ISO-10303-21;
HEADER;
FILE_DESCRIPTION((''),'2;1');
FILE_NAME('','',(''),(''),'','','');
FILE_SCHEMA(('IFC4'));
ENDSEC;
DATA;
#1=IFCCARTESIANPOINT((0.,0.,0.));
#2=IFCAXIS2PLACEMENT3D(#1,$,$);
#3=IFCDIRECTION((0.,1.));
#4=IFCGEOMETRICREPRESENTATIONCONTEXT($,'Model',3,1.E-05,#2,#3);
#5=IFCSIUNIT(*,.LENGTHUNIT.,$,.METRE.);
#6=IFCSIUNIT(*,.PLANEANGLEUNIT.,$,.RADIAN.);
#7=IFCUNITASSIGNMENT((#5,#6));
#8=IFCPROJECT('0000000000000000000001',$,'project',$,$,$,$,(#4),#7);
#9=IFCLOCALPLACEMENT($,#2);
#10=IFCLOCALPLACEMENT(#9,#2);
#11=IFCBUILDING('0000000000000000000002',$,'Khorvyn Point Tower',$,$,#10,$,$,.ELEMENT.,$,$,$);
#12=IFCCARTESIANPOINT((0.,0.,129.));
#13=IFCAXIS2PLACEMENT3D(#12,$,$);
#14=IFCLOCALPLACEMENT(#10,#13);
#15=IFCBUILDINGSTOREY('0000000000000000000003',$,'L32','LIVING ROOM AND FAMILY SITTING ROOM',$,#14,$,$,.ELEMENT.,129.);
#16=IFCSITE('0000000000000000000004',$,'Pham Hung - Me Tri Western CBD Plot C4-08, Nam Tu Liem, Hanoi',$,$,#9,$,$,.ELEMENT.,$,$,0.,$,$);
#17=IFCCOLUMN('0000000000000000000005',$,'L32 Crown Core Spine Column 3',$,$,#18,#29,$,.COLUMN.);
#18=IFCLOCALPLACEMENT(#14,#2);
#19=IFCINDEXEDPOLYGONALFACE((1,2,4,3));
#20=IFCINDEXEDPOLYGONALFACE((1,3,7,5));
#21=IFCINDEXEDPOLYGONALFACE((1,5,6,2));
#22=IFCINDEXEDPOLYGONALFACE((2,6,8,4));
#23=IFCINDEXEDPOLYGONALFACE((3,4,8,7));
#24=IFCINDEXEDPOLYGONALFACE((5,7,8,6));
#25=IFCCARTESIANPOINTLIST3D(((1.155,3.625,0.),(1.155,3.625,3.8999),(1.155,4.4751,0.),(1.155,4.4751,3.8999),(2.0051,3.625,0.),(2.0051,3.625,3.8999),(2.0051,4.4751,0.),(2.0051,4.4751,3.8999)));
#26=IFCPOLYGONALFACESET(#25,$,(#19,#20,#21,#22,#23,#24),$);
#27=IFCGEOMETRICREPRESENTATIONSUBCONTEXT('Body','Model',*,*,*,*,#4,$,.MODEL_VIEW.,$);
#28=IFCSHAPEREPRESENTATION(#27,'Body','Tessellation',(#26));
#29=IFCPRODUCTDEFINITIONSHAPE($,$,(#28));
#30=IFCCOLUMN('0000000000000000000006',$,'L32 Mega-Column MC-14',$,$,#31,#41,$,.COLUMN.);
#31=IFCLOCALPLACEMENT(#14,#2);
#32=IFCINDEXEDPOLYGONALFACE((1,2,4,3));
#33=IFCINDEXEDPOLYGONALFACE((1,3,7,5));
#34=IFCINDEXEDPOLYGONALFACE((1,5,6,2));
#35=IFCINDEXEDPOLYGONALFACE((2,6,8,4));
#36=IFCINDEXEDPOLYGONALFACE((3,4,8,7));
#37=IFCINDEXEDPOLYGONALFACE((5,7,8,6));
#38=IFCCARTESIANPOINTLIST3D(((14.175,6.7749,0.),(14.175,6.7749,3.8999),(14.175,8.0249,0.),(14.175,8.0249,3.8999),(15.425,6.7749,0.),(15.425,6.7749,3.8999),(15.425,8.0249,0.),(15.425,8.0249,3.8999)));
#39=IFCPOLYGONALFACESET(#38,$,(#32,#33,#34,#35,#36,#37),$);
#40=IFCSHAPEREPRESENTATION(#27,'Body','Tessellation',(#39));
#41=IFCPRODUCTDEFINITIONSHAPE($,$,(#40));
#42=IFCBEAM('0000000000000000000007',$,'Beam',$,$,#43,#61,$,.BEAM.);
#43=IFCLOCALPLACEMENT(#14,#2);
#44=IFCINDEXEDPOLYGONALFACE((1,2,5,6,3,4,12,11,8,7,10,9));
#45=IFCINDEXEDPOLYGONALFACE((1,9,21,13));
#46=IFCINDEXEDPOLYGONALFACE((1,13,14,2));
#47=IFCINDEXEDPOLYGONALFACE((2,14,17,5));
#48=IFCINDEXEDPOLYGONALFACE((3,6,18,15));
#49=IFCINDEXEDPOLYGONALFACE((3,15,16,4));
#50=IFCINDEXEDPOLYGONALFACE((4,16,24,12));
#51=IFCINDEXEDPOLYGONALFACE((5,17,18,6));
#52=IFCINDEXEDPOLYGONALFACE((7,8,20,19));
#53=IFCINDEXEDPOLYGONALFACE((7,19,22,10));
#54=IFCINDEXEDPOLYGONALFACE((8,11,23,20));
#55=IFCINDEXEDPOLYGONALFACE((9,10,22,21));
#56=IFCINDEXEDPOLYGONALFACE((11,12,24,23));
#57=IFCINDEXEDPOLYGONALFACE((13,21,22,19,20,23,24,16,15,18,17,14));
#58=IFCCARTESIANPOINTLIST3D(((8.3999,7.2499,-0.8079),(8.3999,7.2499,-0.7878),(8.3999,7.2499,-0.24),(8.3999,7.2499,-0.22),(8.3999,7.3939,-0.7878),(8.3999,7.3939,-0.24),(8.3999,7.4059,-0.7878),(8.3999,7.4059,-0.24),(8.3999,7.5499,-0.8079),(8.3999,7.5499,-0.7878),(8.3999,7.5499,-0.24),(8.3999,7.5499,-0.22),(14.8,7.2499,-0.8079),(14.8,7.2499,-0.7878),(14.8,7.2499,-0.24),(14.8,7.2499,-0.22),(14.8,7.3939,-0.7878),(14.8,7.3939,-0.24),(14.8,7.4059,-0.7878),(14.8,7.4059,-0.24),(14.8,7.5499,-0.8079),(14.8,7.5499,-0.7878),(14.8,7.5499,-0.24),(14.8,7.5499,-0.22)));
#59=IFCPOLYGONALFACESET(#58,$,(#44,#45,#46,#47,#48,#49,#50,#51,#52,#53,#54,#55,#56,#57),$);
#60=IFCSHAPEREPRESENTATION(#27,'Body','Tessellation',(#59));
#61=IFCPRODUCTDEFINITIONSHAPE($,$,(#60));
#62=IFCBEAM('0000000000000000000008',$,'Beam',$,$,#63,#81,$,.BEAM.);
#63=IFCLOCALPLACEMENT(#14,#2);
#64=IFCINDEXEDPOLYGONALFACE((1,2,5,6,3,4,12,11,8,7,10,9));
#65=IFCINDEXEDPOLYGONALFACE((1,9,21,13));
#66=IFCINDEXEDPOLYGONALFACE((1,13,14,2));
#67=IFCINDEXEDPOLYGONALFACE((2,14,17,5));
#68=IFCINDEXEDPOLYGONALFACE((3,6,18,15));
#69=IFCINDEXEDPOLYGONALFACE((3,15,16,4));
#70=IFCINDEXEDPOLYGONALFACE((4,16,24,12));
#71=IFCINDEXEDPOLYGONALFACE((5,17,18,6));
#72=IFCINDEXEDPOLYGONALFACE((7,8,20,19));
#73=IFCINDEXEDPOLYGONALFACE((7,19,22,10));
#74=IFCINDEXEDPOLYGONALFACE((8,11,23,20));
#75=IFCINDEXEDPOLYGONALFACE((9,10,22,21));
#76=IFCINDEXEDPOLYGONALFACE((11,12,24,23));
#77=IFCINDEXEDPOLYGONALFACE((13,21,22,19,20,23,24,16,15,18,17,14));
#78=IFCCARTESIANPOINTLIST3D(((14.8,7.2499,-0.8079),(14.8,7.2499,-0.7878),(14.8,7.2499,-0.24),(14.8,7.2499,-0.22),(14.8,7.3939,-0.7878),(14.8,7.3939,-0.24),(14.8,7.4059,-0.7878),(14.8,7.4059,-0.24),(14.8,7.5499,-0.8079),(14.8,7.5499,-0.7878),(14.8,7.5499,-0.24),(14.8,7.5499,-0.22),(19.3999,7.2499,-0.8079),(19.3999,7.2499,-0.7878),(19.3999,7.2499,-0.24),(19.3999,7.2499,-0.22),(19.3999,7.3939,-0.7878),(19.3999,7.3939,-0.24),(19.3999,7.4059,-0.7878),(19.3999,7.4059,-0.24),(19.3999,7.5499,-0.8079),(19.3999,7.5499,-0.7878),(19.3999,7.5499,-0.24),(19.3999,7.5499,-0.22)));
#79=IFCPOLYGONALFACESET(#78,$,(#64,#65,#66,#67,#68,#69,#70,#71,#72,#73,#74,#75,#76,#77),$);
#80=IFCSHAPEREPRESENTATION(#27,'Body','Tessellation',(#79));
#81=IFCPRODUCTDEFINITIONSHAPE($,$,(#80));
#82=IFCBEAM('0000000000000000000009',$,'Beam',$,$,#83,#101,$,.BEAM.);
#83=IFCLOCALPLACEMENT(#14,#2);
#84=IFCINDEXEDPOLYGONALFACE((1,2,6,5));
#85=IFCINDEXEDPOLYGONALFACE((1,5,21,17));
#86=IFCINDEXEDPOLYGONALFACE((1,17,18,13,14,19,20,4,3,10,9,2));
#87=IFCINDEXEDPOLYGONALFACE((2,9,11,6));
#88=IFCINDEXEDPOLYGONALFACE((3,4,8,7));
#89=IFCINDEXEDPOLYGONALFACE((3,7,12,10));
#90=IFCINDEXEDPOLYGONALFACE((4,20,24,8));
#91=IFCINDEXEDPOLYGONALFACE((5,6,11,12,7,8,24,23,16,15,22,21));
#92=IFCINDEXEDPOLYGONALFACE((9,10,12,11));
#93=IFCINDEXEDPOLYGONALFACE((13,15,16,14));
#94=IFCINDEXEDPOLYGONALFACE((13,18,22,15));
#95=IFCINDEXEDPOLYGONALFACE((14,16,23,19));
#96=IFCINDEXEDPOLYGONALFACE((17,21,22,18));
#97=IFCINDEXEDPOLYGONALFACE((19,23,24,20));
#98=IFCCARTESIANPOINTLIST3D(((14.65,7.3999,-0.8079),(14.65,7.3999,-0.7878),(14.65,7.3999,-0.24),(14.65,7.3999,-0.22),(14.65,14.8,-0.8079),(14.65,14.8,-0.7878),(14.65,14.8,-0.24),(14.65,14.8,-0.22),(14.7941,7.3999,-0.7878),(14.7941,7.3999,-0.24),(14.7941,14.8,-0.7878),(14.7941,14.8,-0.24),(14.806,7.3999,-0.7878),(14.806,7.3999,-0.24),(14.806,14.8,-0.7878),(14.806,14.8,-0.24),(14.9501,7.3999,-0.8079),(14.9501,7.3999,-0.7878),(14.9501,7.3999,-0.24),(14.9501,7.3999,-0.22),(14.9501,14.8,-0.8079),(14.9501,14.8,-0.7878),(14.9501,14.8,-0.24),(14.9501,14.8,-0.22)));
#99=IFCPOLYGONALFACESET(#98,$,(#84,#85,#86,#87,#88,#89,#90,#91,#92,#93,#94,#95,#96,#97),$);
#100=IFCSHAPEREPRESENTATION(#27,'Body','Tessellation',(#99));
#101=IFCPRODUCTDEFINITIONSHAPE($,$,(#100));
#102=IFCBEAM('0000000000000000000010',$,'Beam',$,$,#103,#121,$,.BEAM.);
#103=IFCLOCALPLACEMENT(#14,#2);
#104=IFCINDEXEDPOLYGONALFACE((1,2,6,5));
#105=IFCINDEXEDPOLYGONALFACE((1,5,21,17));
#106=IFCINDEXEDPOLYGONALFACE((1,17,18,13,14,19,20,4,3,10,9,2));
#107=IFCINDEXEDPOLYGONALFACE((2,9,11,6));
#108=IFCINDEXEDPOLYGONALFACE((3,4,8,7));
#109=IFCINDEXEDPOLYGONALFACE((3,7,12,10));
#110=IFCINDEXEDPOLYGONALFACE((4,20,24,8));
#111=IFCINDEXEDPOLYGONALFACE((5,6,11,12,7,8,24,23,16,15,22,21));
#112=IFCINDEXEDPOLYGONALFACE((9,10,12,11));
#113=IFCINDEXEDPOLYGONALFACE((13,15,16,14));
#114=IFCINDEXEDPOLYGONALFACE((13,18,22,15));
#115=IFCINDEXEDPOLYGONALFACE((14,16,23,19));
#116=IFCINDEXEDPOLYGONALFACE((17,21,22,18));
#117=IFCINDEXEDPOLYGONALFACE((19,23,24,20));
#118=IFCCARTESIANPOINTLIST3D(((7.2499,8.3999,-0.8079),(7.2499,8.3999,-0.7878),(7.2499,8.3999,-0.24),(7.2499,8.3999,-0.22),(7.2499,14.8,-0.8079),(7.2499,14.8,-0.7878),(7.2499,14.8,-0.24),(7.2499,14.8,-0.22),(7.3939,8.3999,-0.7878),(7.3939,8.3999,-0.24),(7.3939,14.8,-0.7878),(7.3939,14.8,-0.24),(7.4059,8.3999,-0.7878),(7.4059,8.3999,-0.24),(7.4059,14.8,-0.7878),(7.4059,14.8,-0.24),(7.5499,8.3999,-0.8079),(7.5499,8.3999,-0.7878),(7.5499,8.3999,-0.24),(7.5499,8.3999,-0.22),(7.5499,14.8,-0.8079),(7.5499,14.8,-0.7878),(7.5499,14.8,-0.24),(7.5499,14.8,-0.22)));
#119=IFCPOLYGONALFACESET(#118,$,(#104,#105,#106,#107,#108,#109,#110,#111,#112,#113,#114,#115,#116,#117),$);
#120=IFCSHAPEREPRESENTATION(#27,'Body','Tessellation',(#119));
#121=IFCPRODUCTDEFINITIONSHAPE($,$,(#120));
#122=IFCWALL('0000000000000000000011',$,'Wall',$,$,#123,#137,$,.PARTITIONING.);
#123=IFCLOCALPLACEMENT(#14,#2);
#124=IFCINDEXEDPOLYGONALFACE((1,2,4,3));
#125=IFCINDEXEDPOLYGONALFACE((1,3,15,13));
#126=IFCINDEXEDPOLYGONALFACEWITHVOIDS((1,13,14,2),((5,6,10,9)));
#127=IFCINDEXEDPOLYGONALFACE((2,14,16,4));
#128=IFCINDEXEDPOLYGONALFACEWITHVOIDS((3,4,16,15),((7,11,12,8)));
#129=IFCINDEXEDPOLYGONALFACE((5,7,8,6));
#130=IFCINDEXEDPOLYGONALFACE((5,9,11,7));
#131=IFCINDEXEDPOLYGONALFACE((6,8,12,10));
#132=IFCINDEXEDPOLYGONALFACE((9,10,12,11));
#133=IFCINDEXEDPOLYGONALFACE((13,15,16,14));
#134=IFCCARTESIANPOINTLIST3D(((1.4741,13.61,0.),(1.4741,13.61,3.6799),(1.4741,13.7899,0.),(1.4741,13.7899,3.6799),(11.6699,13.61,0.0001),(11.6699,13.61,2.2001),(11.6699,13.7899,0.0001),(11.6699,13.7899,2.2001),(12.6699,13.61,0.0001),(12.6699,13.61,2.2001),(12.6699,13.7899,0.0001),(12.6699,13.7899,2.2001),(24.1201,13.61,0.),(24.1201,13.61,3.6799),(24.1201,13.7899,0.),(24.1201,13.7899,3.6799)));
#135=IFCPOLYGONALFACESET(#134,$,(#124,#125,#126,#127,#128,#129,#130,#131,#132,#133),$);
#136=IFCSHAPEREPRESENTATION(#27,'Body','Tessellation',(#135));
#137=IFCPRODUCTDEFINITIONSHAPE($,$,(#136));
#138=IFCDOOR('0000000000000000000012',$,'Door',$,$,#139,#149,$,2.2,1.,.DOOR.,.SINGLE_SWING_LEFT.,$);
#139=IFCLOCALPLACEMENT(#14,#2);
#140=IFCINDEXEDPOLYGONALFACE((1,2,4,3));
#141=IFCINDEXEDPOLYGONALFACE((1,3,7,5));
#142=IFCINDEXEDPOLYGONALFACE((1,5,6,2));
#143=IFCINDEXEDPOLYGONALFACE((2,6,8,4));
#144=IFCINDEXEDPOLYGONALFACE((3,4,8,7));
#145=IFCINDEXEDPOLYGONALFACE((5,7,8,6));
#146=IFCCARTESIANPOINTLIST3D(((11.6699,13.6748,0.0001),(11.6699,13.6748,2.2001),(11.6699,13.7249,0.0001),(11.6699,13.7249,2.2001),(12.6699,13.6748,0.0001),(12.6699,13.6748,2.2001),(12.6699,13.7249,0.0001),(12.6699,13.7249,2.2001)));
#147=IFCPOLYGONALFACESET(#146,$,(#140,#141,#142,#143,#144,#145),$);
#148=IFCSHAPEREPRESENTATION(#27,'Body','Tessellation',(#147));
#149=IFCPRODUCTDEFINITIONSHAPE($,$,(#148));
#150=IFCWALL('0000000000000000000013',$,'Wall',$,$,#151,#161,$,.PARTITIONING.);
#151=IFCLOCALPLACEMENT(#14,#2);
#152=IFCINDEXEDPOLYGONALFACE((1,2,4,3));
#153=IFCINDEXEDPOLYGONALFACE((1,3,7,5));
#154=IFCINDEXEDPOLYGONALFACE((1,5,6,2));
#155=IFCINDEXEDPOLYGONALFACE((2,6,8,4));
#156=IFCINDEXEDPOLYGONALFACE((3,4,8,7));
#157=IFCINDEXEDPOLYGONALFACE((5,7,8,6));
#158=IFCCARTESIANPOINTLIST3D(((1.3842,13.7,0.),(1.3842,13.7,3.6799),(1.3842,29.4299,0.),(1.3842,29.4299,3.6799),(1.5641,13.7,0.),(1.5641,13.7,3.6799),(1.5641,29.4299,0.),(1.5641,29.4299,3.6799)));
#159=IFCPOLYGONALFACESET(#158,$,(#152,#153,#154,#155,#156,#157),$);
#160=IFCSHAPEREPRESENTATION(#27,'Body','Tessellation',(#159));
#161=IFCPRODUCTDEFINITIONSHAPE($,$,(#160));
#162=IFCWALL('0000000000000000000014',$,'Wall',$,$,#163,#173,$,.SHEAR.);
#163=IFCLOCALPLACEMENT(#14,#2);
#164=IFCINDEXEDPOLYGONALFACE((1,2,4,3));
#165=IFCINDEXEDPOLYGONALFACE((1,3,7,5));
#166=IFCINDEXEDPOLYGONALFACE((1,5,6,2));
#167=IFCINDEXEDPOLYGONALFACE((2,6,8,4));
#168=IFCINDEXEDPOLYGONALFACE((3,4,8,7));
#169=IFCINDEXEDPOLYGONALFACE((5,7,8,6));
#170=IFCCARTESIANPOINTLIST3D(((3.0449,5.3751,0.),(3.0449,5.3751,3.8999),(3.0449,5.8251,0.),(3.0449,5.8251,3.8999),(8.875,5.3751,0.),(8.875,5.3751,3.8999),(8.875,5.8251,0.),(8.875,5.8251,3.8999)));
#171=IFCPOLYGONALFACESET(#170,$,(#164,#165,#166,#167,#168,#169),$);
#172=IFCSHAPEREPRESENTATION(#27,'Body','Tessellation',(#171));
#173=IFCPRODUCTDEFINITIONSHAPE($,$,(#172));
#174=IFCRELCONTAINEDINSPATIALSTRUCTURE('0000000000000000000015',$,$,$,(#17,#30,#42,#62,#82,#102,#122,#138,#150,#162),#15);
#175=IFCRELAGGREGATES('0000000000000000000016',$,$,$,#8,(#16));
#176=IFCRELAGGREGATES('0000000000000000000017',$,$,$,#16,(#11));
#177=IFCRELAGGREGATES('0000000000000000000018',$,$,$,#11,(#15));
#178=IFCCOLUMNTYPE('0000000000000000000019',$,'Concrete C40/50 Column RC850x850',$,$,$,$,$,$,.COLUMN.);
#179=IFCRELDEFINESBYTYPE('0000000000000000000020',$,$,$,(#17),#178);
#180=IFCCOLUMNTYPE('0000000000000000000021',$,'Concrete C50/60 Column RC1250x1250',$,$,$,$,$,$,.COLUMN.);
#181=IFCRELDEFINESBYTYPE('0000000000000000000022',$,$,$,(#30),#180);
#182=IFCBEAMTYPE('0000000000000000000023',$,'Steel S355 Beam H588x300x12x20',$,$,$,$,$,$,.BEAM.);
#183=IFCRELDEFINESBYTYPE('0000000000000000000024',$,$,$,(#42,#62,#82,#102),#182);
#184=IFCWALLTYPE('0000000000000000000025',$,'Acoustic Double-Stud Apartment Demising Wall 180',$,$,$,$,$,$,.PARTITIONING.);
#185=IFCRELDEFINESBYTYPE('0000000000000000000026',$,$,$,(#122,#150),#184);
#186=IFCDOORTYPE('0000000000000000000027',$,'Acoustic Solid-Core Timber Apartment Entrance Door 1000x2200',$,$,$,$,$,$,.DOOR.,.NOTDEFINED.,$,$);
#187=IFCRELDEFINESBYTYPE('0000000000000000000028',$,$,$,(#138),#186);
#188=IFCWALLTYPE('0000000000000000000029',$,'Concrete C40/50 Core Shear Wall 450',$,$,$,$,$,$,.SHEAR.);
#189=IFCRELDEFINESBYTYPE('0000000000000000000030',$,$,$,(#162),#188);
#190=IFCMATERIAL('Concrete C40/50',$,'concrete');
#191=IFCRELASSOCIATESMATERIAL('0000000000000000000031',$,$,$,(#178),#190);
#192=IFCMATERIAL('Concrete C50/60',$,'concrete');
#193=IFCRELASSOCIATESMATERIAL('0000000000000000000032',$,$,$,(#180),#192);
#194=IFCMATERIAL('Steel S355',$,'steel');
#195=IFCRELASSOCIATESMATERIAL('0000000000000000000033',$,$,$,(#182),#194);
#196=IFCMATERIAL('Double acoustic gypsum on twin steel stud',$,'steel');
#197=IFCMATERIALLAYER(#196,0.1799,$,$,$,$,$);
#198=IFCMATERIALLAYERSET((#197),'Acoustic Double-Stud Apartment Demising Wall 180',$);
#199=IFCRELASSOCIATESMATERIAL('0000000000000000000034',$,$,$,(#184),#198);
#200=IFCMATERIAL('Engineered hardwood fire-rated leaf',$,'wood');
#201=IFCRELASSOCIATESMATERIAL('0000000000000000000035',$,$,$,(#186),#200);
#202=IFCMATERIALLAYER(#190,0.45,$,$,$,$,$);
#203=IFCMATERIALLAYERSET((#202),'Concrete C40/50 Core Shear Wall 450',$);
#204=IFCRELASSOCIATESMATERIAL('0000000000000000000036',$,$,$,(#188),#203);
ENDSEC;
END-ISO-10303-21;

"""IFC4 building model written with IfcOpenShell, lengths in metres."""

from ifc_helpers import new_model, si_unit, direction, frame, frame_2d, origin, origin_2d, place, context, subcontext, project, spatial, rectangle, i_section, extrude, material, layer, layer_set, material_profile, profile_set, type_object, element, fill, save


model = new_model("IFC4")

# Units and contexts
model_context = context("Model", 3, precision=1e-05, world=origin(), true_north=direction((0.0, 1.0)))
body_context = subcontext(model_context, "Body", "Model", "MODEL_VIEW")
ifc_project = project(units=[si_unit("LENGTHUNIT", "METRE"), si_unit("PLANEANGLEUNIT", "RADIAN")], contexts=[model_context])

# Site, building, storey
site_placement = place(None, origin())
site = spatial("IfcSite", under=ifc_project, at=site_placement, Name="Pham Hung - Me Tri Western CBD Plot C4-08, Nam Tu Liem, Hanoi", CompositionType="ELEMENT", RefElevation=0.0)
building_placement = place(site_placement, origin())
building = spatial("IfcBuilding", under=site, at=building_placement, Name="Khorvyn Point Tower", CompositionType="ELEMENT")
storey_placement = place(building_placement, frame((0.0, 0.0, 129.0)))
storey = spatial("IfcBuildingStorey", under=building, at=storey_placement, Name="L32", Description="LIVING ROOM AND FAMILY SITTING ROOM", CompositionType="ELEMENT", Elevation=129.0)

# Columns
ifc_material_1 = material(Name="Concrete C40/50", Category="concrete")
ifc_material_profile_1 = material_profile(ifc_material_1, rectangle(XDim=0.8501, YDim=0.8501, at=origin_2d()))
ifc_profile_set_1 = profile_set([ifc_material_profile_1], Name="Concrete C40/50 RC850x850")
column_type_1 = type_object("IfcColumnType", Name="Concrete C40/50 Column RC850x850", PredefinedType="COLUMN", material=ifc_profile_set_1)
column_1_placement = place(storey_placement, frame((1.5801, 4.05, 0.0), z_axis=(0.0, 0.0, 1.0), x_axis=(1.0, 0.0, 0.0)))
element("IfcColumn", 1, at=column_1_placement, inside=storey, type_object=column_type_1, Name="L32 Crown Core Spine Column 3", PredefinedType="COLUMN", context=body_context, shape_type="SweptSolid", body=[
    extrude(rectangle(XDim=0.8501, YDim=0.8501, at=origin_2d()), origin(), (0.0, 0.0, 1.0), 3.8999),
])
ifc_material_2 = material(Name="Concrete C50/60", Category="concrete")
ifc_material_profile_2 = material_profile(ifc_material_2, rectangle(XDim=1.25, YDim=1.25, at=origin_2d()))
ifc_profile_set_2 = profile_set([ifc_material_profile_2], Name="Concrete C50/60 RC1250x1250")
column_type_2 = type_object("IfcColumnType", Name="Concrete C50/60 Column RC1250x1250", PredefinedType="COLUMN", material=ifc_profile_set_2)
column_2_placement = place(storey_placement, frame((14.8, 7.3999, 0.0), z_axis=(0.0, 0.0, 1.0), x_axis=(1.0, 0.0, 0.0)))
element("IfcColumn", 2, at=column_2_placement, inside=storey, type_object=column_type_2, Name="L32 Mega-Column MC-14", PredefinedType="COLUMN", context=body_context, shape_type="SweptSolid", body=[
    extrude(rectangle(XDim=1.25, YDim=1.25, at=origin_2d()), origin(), (0.0, 0.0, 1.0), 3.8999),
])

# Beams
ifc_material_3 = material(Name="Steel S355", Category="steel")
ifc_material_profile_3 = material_profile(ifc_material_3, i_section(OverallWidth=0.3, OverallDepth=0.5879, WebThickness=0.012, FlangeThickness=0.02, at=origin_2d()))
ifc_profile_set_3 = profile_set([ifc_material_profile_3], Name="Steel S355 H588x300x12x20")
beam_type = type_object("IfcBeamType", Name="Steel S355 Beam H588x300x12x20", PredefinedType="BEAM", material=ifc_profile_set_3)
beam_1_placement = place(storey_placement, frame((8.3999, 7.3999, -0.5139), z_axis=(1.0, 0.0, 0.0), x_axis=(0.0, 1.0, 0.0)))
element("IfcBeam", 3, at=beam_1_placement, inside=storey, type_object=beam_type, Name="Beam", PredefinedType="BEAM", context=body_context, shape_type="SweptSolid", body=[
    extrude(i_section(OverallWidth=0.3, OverallDepth=0.5879, WebThickness=0.012, FlangeThickness=0.02, at=origin_2d()), origin(), (0.0, 0.0, 1.0), 6.4001),
])
beam_2_placement = place(storey_placement, frame((14.8, 7.3999, -0.5139), z_axis=(1.0, 0.0, 0.0), x_axis=(0.0, 1.0, 0.0)))
element("IfcBeam", 4, at=beam_2_placement, inside=storey, type_object=beam_type, Name="Beam", PredefinedType="BEAM", context=body_context, shape_type="SweptSolid", body=[
    extrude(i_section(OverallWidth=0.3, OverallDepth=0.5879, WebThickness=0.012, FlangeThickness=0.02, at=origin_2d()), origin(), (0.0, 0.0, 1.0), 4.5999),
])
beam_3_placement = place(storey_placement, frame((14.8, 7.3999, -0.5139), z_axis=(0.0, 1.0, 0.0), x_axis=(-1.0, 0.0, 0.0)))
element("IfcBeam", 5, at=beam_3_placement, inside=storey, type_object=beam_type, Name="Beam", PredefinedType="BEAM", context=body_context, shape_type="SweptSolid", body=[
    extrude(i_section(OverallWidth=0.3, OverallDepth=0.5879, WebThickness=0.012, FlangeThickness=0.02, at=origin_2d()), origin(), (0.0, 0.0, 1.0), 7.4001),
])
beam_4_placement = place(storey_placement, frame((7.3999, 8.3999, -0.5139), z_axis=(0.0, 1.0, 0.0), x_axis=(-1.0, 0.0, 0.0)))
element("IfcBeam", 6, at=beam_4_placement, inside=storey, type_object=beam_type, Name="Beam", PredefinedType="BEAM", context=body_context, shape_type="SweptSolid", body=[
    extrude(i_section(OverallWidth=0.3, OverallDepth=0.5879, WebThickness=0.012, FlangeThickness=0.02, at=origin_2d()), origin(), (0.0, 0.0, 1.0), 6.4001),
])

# Wall, opening, door
ifc_material_4 = material(Name="Double acoustic gypsum on twin steel stud", Category="steel")
ifc_layer_1 = layer(ifc_material_4, 0.1799)
ifc_layer_set_1 = layer_set([ifc_layer_1], Name="Acoustic Double-Stud Apartment Demising Wall 180")
wall_type_1 = type_object("IfcWallType", Name="Acoustic Double-Stud Apartment Demising Wall 180", PredefinedType="PARTITIONING", material=ifc_layer_set_1)
wall_1_placement = place(storey_placement, frame((1.4741, 13.7, 0.0), z_axis=(0.0, 0.0, 1.0), x_axis=(1.0, 0.0, 0.0)))
wall_1 = element("IfcWall", 7, at=wall_1_placement, inside=storey, type_object=wall_type_1, Name="Wall", PredefinedType="PARTITIONING", context=body_context, shape_type="SweptSolid", body=[
    extrude(rectangle(XDim=22.646, YDim=0.1799, at=frame_2d((11.323, 0.0))), origin(), (0.0, 0.0, 1.0), 3.6799),
])
opening_1_placement = place(wall_1_placement, frame((10.1958, 0.0, 0.0)))
opening_1 = element("IfcOpeningElement", 8, at=opening_1_placement, cuts=wall_1, PredefinedType="OPENING", context=body_context, shape_type="SweptSolid", body=[
    extrude(rectangle(XDim=1.0, YDim=2.2, at=frame_2d((0.5, 1.1001))), frame((0.0, 0.0999, 0.0), z_axis=(0.0, -1.0, 0.0), x_axis=(1.0, 0.0, 0.0)), (0.0, 0.0, 1.0), 0.2),
])
ifc_material_5 = material(Name="Engineered hardwood fire-rated leaf", Category="wood")
door_type_1 = type_object("IfcDoorType", Name="Acoustic Solid-Core Timber Apartment Entrance Door 1000x2200", OperationType="NOTDEFINED", PredefinedType="DOOR", material=ifc_material_5)
door_1_placement = place(opening_1_placement, origin())
door_1 = element("IfcDoor", 9, at=door_1_placement, inside=storey, type_object=door_type_1, Name="Door", OperationType="SINGLE_SWING_LEFT", OverallHeight=2.2, OverallWidth=1.0, PredefinedType="DOOR", context=body_context, shape_type="SweptSolid", body=[
    extrude(rectangle(XDim=1.0, YDim=2.2, at=frame_2d((0.5, 1.1001))), frame((0.0, 0.0249, 0.0), z_axis=(0.0, -1.0, 0.0), x_axis=(1.0, 0.0, 0.0)), (0.0, 0.0, 1.0), 0.05),
])
fill(opening_1, door_1)

# Walls
wall_2_placement = place(storey_placement, frame((1.4741, 13.7, 0.0), z_axis=(0.0, 0.0, 1.0), x_axis=(0.0, 1.0, 0.0)))
element("IfcWall", 10, at=wall_2_placement, inside=storey, type_object=wall_type_1, Name="Wall", PredefinedType="PARTITIONING", context=body_context, shape_type="SweptSolid", body=[
    extrude(rectangle(XDim=15.73, YDim=0.1799, at=frame_2d((7.865, 0.0))), origin(), (0.0, 0.0, 1.0), 3.6799),
])
ifc_layer_2 = layer(ifc_material_1, 0.45)
ifc_layer_set_2 = layer_set([ifc_layer_2], Name="Concrete C40/50 Core Shear Wall 450")
wall_type_2 = type_object("IfcWallType", Name="Concrete C40/50 Core Shear Wall 450", PredefinedType="SHEAR", material=ifc_layer_set_2)
wall_3_placement = place(storey_placement, frame((3.0449, 5.6001, 0.0), z_axis=(0.0, 0.0, 1.0), x_axis=(1.0, 0.0, 0.0)))
element("IfcWall", 11, at=wall_3_placement, inside=storey, type_object=wall_type_2, Name="Wall", PredefinedType="SHEAR", context=body_context, shape_type="SweptSolid", body=[
    extrude(rectangle(XDim=5.8301, YDim=0.45, at=frame_2d((2.915, 0.0))), origin(), (0.0, 0.0, 1.0), 3.8999),
])

save(model, "model.ifc")
